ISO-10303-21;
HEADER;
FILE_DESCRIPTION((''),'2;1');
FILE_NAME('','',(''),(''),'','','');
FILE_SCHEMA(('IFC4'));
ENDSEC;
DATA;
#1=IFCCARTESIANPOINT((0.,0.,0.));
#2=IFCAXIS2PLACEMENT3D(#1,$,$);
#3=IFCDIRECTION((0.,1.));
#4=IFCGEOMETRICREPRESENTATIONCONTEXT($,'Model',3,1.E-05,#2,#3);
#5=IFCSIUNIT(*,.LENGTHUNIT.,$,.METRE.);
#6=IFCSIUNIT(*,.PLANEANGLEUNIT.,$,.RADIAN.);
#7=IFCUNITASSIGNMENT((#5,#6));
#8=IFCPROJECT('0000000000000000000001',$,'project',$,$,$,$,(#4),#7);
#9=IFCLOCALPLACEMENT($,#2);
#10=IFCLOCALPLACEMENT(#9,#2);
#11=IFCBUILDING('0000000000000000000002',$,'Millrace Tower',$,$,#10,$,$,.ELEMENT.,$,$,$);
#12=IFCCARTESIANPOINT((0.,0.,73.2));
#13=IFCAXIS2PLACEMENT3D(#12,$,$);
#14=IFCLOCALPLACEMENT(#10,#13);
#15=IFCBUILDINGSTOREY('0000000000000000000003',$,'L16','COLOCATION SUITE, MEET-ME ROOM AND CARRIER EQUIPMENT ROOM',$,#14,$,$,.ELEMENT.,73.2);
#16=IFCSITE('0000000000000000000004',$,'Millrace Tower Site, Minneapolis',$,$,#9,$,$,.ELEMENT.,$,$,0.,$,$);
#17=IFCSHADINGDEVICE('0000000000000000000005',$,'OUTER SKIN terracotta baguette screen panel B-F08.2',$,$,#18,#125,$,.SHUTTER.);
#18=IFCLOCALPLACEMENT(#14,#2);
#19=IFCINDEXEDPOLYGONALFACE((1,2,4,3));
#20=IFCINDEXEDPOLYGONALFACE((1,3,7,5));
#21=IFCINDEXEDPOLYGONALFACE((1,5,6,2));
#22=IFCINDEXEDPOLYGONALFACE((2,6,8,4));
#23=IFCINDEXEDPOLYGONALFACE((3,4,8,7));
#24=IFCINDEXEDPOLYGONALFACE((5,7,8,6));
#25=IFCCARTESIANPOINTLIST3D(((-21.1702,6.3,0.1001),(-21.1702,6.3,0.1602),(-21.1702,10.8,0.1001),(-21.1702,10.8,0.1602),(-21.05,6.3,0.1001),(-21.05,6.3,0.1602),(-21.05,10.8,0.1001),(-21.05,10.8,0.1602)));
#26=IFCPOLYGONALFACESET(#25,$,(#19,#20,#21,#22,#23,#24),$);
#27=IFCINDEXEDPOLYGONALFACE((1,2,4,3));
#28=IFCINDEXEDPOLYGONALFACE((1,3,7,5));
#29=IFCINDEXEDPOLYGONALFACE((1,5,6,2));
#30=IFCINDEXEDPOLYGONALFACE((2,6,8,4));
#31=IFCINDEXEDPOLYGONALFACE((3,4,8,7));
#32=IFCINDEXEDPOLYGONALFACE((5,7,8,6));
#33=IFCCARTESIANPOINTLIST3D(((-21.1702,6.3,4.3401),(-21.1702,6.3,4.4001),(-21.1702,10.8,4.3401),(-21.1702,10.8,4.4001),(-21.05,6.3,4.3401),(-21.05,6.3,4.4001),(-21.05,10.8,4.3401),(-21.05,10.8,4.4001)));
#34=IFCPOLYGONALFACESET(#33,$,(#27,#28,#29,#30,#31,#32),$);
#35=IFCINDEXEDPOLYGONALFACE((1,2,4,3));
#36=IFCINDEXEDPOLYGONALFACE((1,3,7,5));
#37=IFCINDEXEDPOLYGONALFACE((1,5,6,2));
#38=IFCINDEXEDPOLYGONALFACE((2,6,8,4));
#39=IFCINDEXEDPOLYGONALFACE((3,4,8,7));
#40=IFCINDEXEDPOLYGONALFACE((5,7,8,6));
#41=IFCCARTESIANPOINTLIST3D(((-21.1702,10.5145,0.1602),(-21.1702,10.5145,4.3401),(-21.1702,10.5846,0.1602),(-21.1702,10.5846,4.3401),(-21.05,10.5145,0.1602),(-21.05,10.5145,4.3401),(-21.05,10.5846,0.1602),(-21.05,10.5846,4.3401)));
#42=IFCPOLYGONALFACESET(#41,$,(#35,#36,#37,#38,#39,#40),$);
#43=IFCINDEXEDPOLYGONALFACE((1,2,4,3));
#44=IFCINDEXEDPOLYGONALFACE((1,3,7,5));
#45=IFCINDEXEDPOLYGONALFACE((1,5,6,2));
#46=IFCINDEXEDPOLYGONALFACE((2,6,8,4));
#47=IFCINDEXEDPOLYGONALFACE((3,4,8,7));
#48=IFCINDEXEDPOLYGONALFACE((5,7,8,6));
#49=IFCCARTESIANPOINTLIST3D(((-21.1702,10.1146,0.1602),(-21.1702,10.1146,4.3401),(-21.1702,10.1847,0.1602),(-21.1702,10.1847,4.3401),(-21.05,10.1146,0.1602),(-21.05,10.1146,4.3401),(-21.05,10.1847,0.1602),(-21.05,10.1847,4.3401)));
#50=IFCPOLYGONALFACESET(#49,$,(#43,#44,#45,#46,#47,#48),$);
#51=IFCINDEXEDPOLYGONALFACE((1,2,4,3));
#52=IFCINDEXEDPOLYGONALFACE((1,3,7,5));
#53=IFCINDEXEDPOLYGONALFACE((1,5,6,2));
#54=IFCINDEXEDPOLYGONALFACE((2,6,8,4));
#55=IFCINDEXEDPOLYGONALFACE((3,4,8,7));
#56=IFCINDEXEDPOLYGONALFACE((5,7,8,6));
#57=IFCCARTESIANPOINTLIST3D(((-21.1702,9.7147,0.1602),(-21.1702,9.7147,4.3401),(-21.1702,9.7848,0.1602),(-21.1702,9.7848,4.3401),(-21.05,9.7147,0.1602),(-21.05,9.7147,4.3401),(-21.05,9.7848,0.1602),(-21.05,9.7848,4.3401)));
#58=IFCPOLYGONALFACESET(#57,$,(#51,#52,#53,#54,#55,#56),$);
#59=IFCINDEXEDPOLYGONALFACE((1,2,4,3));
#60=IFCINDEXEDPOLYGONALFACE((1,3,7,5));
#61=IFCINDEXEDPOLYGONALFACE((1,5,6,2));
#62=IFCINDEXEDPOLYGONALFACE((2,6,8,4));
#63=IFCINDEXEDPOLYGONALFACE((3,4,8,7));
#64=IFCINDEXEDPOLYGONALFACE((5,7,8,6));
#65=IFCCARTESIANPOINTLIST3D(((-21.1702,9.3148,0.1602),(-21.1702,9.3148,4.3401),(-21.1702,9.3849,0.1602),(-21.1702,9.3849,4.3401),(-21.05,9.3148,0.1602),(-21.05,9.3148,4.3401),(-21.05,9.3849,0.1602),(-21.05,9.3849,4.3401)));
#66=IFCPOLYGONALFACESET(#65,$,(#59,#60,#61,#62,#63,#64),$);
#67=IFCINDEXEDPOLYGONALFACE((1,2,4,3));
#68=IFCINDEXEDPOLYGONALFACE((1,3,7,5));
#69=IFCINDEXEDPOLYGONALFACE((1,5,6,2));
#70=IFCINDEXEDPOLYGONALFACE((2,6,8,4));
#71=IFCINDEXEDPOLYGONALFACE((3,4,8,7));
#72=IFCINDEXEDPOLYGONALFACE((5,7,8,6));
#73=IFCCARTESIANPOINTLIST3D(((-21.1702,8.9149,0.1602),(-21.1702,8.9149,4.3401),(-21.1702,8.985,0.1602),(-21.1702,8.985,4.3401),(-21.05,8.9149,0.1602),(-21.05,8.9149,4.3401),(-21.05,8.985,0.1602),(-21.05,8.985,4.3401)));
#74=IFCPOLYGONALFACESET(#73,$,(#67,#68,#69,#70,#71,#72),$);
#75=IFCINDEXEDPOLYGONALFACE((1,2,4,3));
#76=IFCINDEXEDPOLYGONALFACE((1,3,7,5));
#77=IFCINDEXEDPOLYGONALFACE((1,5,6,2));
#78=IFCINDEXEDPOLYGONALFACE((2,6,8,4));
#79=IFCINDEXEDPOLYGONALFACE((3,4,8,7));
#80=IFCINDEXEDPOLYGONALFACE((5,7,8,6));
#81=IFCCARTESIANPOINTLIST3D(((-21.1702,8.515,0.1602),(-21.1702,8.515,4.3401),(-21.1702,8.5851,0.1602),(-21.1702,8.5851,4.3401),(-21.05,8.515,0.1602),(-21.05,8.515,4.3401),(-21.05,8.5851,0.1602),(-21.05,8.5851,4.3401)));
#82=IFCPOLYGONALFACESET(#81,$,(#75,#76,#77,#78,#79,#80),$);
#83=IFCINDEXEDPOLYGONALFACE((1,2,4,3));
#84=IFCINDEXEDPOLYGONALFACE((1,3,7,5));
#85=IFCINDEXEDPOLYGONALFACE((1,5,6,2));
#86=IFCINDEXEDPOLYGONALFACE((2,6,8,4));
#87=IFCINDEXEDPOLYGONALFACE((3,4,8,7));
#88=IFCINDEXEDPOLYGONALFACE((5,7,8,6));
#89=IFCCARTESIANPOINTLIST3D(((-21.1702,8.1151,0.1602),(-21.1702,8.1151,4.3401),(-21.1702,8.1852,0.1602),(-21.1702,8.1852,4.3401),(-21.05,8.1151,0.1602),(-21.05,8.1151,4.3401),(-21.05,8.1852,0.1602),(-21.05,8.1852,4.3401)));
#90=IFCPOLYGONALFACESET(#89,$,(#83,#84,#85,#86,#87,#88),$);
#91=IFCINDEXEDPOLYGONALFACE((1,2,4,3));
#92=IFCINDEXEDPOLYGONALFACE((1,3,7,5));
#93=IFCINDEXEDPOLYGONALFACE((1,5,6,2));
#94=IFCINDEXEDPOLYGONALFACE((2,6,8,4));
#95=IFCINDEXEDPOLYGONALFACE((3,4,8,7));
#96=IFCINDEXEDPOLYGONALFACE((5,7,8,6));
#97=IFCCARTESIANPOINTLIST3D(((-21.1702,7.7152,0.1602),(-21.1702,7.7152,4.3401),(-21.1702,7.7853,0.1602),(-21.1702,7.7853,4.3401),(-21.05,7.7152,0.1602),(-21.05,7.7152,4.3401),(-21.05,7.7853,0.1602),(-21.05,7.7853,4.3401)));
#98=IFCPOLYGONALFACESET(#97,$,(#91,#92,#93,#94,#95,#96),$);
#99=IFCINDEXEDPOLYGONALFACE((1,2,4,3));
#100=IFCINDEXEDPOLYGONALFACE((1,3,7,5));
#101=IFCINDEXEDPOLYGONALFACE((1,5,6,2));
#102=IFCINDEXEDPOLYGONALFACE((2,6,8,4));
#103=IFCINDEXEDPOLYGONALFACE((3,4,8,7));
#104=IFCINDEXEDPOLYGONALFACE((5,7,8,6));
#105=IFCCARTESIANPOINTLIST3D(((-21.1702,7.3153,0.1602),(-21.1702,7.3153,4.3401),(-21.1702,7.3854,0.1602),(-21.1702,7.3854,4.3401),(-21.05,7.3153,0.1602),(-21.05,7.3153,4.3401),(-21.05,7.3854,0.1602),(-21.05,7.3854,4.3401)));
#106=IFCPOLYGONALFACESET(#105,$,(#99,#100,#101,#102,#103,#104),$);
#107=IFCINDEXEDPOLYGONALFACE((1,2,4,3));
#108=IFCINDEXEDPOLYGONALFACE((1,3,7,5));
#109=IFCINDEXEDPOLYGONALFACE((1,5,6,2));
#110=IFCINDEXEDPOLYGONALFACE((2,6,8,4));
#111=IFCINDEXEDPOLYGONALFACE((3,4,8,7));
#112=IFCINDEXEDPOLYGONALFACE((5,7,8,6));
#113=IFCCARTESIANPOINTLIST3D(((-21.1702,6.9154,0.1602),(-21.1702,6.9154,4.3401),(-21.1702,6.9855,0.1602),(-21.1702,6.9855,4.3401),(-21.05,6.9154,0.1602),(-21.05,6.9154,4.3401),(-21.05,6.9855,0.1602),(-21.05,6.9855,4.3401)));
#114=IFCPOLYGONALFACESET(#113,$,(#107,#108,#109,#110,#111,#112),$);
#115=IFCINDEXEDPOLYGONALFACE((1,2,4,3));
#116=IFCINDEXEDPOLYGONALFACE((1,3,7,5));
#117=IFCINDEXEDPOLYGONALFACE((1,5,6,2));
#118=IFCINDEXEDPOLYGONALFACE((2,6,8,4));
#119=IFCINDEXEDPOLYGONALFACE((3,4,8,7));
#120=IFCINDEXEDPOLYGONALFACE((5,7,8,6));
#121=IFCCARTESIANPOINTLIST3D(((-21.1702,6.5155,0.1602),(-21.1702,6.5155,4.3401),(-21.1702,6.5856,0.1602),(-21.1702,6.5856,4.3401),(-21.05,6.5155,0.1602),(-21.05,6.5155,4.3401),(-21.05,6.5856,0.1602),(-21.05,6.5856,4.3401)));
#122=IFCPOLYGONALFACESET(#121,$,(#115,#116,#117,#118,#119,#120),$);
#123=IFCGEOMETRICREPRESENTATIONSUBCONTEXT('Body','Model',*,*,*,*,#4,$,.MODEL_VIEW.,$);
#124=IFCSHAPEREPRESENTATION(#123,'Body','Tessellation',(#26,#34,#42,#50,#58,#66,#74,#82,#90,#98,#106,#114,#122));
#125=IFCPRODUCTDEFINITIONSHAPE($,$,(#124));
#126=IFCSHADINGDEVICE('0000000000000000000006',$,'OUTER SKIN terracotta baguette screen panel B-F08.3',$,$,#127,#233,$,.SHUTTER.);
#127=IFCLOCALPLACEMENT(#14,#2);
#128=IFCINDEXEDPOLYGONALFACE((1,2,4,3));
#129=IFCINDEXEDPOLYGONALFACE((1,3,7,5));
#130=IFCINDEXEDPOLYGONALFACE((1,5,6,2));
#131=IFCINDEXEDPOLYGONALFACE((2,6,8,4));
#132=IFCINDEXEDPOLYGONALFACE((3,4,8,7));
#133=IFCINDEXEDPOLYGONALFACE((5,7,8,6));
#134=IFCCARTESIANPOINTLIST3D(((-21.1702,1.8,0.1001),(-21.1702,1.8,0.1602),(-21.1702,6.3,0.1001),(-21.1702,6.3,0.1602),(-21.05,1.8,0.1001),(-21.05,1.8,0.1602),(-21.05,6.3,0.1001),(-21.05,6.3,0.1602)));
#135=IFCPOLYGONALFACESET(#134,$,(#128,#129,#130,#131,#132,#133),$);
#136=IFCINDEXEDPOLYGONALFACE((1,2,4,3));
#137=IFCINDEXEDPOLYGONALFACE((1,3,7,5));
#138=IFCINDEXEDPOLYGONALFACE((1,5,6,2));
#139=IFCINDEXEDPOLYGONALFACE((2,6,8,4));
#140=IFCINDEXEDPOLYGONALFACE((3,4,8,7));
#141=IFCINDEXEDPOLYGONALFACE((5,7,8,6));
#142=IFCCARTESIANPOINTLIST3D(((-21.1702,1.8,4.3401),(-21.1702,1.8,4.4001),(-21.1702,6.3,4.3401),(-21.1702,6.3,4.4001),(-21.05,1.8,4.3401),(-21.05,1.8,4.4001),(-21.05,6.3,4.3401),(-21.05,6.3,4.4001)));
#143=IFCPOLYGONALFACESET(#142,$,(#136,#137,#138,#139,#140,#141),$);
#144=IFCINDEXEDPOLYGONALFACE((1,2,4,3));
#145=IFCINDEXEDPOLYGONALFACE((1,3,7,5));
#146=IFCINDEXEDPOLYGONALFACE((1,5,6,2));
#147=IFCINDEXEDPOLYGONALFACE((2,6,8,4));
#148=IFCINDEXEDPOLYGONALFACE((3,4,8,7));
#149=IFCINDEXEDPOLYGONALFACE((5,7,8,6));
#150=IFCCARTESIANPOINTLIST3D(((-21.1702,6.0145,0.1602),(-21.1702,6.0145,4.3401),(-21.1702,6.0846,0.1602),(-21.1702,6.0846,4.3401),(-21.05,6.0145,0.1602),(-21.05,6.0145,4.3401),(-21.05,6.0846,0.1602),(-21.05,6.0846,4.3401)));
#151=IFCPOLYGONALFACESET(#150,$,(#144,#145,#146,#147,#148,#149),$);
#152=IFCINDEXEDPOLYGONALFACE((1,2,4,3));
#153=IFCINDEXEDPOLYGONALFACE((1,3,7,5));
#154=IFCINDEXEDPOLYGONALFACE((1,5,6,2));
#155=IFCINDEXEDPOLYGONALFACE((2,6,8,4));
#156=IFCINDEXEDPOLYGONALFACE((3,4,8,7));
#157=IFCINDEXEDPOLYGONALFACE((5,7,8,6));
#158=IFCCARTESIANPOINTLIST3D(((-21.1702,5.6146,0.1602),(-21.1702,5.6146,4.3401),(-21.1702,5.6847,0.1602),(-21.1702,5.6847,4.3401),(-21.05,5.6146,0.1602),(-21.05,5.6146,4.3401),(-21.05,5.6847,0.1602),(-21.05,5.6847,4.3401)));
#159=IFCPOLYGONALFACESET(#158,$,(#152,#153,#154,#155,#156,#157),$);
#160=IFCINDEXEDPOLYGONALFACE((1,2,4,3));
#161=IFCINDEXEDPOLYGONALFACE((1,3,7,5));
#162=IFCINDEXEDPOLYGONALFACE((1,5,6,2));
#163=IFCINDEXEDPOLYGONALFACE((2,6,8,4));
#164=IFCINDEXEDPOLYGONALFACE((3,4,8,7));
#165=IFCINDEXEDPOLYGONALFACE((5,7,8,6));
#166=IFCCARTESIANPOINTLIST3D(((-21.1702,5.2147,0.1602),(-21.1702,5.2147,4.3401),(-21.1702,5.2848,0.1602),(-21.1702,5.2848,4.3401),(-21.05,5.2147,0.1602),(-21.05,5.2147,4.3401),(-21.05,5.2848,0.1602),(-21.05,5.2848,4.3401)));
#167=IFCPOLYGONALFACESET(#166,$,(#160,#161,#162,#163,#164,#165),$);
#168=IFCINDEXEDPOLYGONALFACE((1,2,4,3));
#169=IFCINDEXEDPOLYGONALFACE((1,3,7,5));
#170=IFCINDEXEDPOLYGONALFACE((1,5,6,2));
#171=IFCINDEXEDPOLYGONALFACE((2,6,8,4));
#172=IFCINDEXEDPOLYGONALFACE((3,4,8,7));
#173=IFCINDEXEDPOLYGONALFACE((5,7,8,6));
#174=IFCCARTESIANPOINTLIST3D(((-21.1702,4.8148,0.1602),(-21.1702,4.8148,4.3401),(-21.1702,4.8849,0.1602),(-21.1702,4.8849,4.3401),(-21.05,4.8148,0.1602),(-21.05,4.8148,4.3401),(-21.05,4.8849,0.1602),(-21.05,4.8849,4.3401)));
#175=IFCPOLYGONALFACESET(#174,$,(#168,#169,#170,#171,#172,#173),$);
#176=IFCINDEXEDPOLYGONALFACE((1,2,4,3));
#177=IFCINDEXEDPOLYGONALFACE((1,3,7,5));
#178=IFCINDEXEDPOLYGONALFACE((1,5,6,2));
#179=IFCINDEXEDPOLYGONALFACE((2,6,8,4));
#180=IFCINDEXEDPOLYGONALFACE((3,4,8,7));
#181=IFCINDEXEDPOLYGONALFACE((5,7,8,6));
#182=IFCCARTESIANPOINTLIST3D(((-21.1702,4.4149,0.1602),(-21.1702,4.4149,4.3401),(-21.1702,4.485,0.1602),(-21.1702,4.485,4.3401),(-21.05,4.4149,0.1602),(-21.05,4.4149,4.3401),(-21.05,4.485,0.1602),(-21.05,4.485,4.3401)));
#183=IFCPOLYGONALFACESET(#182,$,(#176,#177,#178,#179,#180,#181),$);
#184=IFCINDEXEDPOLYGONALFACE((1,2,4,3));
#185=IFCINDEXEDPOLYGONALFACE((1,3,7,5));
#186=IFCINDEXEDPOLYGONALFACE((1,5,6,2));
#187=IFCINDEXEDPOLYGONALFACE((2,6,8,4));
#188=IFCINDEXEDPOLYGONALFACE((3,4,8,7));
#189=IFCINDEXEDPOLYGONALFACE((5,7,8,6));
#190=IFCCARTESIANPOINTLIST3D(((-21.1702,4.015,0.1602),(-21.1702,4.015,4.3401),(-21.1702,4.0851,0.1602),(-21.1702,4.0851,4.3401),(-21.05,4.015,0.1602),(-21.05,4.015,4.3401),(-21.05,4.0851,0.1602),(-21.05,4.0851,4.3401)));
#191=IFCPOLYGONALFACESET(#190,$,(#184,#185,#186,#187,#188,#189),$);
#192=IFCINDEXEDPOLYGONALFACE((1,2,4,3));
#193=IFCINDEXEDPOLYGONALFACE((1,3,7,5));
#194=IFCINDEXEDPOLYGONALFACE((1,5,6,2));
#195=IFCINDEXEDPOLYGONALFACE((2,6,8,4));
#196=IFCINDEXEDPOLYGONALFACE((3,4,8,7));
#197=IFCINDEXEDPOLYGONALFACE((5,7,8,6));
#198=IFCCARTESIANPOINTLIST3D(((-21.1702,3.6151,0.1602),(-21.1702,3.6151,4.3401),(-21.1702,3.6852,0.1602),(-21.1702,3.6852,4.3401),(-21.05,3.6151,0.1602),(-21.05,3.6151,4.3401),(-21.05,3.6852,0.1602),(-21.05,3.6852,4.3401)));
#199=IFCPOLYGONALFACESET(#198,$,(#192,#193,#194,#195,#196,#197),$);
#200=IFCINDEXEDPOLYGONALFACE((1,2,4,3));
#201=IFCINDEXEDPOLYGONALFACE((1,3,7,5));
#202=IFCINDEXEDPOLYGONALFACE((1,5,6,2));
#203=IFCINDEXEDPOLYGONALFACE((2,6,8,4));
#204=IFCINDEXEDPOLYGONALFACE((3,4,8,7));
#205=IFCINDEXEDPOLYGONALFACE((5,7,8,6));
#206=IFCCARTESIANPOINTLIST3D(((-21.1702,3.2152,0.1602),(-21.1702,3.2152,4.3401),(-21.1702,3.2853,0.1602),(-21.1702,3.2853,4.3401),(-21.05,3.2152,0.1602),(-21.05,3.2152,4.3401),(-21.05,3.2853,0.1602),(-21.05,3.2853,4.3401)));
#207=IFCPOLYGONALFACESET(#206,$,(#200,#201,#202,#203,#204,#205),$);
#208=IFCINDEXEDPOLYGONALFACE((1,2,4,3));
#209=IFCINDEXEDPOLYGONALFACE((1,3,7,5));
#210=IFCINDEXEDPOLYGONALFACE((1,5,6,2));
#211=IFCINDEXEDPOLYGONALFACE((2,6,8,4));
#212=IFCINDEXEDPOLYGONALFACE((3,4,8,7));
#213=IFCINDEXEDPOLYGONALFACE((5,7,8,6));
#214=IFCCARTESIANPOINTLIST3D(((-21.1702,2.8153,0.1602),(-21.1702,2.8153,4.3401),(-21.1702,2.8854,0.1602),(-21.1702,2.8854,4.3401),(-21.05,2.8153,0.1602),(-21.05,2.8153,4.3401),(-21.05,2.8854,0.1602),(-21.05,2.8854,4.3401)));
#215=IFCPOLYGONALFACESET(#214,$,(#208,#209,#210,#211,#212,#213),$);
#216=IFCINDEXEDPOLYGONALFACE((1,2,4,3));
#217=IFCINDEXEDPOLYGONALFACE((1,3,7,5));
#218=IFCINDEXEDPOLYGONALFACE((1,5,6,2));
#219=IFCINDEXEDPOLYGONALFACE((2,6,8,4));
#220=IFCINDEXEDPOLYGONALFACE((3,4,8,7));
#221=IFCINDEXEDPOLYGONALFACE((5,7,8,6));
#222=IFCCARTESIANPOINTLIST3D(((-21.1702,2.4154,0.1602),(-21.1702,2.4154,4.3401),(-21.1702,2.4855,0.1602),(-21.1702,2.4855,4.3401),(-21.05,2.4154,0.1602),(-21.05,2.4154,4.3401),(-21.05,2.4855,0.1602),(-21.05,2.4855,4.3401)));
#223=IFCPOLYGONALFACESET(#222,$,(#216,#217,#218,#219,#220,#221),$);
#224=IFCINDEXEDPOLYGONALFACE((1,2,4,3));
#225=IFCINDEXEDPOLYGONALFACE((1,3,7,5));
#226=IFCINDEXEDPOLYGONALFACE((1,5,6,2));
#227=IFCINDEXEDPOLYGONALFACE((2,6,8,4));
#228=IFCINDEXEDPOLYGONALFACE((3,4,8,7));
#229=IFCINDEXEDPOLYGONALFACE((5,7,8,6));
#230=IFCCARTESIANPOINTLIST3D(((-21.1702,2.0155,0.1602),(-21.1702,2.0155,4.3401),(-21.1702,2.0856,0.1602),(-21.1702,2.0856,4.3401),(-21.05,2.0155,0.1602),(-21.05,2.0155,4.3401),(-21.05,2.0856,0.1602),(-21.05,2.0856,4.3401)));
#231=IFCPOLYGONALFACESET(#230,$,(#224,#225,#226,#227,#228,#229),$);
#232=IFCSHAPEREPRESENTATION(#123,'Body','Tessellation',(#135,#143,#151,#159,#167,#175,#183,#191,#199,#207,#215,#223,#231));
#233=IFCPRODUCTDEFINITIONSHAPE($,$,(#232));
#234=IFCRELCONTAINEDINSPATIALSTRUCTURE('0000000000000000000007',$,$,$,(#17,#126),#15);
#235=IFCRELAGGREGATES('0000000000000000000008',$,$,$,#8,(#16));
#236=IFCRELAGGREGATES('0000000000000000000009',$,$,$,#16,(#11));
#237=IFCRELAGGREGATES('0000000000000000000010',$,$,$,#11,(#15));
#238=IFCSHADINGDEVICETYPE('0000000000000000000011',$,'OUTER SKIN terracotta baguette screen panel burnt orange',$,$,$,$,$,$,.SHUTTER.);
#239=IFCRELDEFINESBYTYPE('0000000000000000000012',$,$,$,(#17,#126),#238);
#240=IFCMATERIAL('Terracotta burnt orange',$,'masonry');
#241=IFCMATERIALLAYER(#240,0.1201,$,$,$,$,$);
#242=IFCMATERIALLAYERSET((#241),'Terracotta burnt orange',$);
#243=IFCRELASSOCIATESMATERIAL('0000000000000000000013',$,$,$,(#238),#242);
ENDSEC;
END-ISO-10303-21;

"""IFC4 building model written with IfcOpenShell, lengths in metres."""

from ifc_helpers import new_model, entity, si_unit, direction, frame, frame_2d, origin, origin_2d, place, context, subcontext, project, spatial, rectangle, extrude, source, transform, mapped, material, layer, layer_set, type_object, element, save


model = new_model("IFC4")

# Units and contexts
model_context = context("Model", 3, precision=1e-05, world=origin(), true_north=direction((0.0, 1.0)))
body_context = subcontext(model_context, "Body", "Model", "MODEL_VIEW")
ifc_project = project(units=[si_unit("LENGTHUNIT", "METRE"), si_unit("PLANEANGLEUNIT", "RADIAN")], contexts=[model_context])

# Site, building, storey
site_placement = place(None, origin())
site = spatial("IfcSite", under=ifc_project, at=site_placement, Name="Millrace Tower Site, Minneapolis", CompositionType="ELEMENT", RefElevation=0.0)
building_placement = place(site_placement, origin())
building = spatial("IfcBuilding", under=site, at=building_placement, Name="Millrace Tower", CompositionType="ELEMENT")
storey_placement = place(building_placement, frame((0.0, 0.0, 73.2)))
storey = spatial("IfcBuildingStorey", under=building, at=storey_placement, Name="L16", Description="COLOCATION SUITE, MEET-ME ROOM AND CARRIER EQUIPMENT ROOM", CompositionType="ELEMENT", Elevation=73.2)

# Shading devices
ifc_material_1 = material(Name="Terracotta burnt orange", Category="masonry")
ifc_layer_1 = layer(ifc_material_1, 0.1201)
ifc_layer_set_1 = layer_set([ifc_layer_1], Name="Terracotta burnt orange")
shading_device_type = type_object("IfcShadingDeviceType", Name="OUTER SKIN terracotta baguette screen panel burnt orange", PredefinedType="SHUTTER", material=ifc_layer_set_1)
cartesian_point = entity("IfcCartesianPoint", [-2.25, 0.0601])
shared_polyline = entity("IfcPolyline", [cartesian_point, entity("IfcCartesianPoint", [2.25, 0.0601]), entity("IfcCartesianPoint", [2.25, -0.0601]), entity("IfcCartesianPoint", [-2.25, -0.0601]), cartesian_point])
shared_shape = source(origin(), body_context, "Body", "SweptSolid", [
    entity("IfcExtrudedAreaSolid", entity("IfcArbitraryClosedProfileDef", "AREA", None, shared_polyline), entity("IfcAxis2Placement3D", entity("IfcCartesianPoint", [0.0, 0.0, 0.0])), entity("IfcDirection", [0.0, 0.0, 1.0]), 0.0601),
    entity("IfcExtrudedAreaSolid", entity("IfcArbitraryClosedProfileDef", "AREA", None, shared_polyline), entity("IfcAxis2Placement3D", entity("IfcCartesianPoint", [0.0, 0.0, 4.24])), entity("IfcDirection", [0.0, 0.0, 1.0]), 0.0601),
    extrude(rectangle(XDim=0.0701, YDim=0.1201, at=frame_2d((-1.9995, 0.0))), frame((0.0, 0.0, 0.0601)), (0.0, 0.0, 1.0), 4.1799),
    extrude(rectangle(XDim=0.0701, YDim=0.1201, at=frame_2d((-1.5996, 0.0))), frame((0.0, 0.0, 0.0601)), (0.0, 0.0, 1.0), 4.1799),
    extrude(rectangle(XDim=0.0701, YDim=0.1201, at=frame_2d((-1.1997, 0.0))), frame((0.0, 0.0, 0.0601)), (0.0, 0.0, 1.0), 4.1799),
    extrude(rectangle(XDim=0.0701, YDim=0.1201, at=frame_2d((-0.7998, 0.0))), frame((0.0, 0.0, 0.0601)), (0.0, 0.0, 1.0), 4.1799),
    extrude(rectangle(XDim=0.0701, YDim=0.1201, at=frame_2d((-0.3999, 0.0))), frame((0.0, 0.0, 0.0601)), (0.0, 0.0, 1.0), 4.1799),
    extrude(rectangle(XDim=0.0701, YDim=0.1201, at=origin_2d()), frame((0.0, 0.0, 0.0601)), (0.0, 0.0, 1.0), 4.1799),
    extrude(rectangle(XDim=0.0701, YDim=0.1201, at=frame_2d((0.3999, 0.0))), frame((0.0, 0.0, 0.0601)), (0.0, 0.0, 1.0), 4.1799),
    extrude(rectangle(XDim=0.0701, YDim=0.1201, at=frame_2d((0.7998, 0.0))), frame((0.0, 0.0, 0.0601)), (0.0, 0.0, 1.0), 4.1799),
    extrude(rectangle(XDim=0.0701, YDim=0.1201, at=frame_2d((1.1997, 0.0))), frame((0.0, 0.0, 0.0601)), (0.0, 0.0, 1.0), 4.1799),
    extrude(rectangle(XDim=0.0701, YDim=0.1201, at=frame_2d((1.5996, 0.0))), frame((0.0, 0.0, 0.0601)), (0.0, 0.0, 1.0), 4.1799),
    extrude(rectangle(XDim=0.0701, YDim=0.1201, at=frame_2d((1.9995, 0.0))), frame((0.0, 0.0, 0.0601)), (0.0, 0.0, 1.0), 4.1799),
])
for number, where, z_axis, x_axis, name in (
    (1, (-21.1101, 8.55, 0.1001), (0.0, 0.0, 1.0), (0.0, -1.0, 0.0), "OUTER SKIN terracotta baguette screen panel B-F08.2"),
    (2, (-21.1101, 4.05, 0.1001), (0.0, 0.0, 1.0), (0.0, -1.0, 0.0), "OUTER SKIN terracotta baguette screen panel B-F08.3"),
):
    element("IfcShadingDevice", number, at=place(storey_placement, frame(where, z_axis=z_axis, x_axis=x_axis)), inside=storey, type_object=shading_device_type, Name=name, PredefinedType="SHUTTER", context=body_context, shape_type="MappedRepresentation", body=[
        mapped(shared_shape, transform((0.0, 0.0, 0.0), scale=1.0)),
    ])

save(model, "model.ifc")
